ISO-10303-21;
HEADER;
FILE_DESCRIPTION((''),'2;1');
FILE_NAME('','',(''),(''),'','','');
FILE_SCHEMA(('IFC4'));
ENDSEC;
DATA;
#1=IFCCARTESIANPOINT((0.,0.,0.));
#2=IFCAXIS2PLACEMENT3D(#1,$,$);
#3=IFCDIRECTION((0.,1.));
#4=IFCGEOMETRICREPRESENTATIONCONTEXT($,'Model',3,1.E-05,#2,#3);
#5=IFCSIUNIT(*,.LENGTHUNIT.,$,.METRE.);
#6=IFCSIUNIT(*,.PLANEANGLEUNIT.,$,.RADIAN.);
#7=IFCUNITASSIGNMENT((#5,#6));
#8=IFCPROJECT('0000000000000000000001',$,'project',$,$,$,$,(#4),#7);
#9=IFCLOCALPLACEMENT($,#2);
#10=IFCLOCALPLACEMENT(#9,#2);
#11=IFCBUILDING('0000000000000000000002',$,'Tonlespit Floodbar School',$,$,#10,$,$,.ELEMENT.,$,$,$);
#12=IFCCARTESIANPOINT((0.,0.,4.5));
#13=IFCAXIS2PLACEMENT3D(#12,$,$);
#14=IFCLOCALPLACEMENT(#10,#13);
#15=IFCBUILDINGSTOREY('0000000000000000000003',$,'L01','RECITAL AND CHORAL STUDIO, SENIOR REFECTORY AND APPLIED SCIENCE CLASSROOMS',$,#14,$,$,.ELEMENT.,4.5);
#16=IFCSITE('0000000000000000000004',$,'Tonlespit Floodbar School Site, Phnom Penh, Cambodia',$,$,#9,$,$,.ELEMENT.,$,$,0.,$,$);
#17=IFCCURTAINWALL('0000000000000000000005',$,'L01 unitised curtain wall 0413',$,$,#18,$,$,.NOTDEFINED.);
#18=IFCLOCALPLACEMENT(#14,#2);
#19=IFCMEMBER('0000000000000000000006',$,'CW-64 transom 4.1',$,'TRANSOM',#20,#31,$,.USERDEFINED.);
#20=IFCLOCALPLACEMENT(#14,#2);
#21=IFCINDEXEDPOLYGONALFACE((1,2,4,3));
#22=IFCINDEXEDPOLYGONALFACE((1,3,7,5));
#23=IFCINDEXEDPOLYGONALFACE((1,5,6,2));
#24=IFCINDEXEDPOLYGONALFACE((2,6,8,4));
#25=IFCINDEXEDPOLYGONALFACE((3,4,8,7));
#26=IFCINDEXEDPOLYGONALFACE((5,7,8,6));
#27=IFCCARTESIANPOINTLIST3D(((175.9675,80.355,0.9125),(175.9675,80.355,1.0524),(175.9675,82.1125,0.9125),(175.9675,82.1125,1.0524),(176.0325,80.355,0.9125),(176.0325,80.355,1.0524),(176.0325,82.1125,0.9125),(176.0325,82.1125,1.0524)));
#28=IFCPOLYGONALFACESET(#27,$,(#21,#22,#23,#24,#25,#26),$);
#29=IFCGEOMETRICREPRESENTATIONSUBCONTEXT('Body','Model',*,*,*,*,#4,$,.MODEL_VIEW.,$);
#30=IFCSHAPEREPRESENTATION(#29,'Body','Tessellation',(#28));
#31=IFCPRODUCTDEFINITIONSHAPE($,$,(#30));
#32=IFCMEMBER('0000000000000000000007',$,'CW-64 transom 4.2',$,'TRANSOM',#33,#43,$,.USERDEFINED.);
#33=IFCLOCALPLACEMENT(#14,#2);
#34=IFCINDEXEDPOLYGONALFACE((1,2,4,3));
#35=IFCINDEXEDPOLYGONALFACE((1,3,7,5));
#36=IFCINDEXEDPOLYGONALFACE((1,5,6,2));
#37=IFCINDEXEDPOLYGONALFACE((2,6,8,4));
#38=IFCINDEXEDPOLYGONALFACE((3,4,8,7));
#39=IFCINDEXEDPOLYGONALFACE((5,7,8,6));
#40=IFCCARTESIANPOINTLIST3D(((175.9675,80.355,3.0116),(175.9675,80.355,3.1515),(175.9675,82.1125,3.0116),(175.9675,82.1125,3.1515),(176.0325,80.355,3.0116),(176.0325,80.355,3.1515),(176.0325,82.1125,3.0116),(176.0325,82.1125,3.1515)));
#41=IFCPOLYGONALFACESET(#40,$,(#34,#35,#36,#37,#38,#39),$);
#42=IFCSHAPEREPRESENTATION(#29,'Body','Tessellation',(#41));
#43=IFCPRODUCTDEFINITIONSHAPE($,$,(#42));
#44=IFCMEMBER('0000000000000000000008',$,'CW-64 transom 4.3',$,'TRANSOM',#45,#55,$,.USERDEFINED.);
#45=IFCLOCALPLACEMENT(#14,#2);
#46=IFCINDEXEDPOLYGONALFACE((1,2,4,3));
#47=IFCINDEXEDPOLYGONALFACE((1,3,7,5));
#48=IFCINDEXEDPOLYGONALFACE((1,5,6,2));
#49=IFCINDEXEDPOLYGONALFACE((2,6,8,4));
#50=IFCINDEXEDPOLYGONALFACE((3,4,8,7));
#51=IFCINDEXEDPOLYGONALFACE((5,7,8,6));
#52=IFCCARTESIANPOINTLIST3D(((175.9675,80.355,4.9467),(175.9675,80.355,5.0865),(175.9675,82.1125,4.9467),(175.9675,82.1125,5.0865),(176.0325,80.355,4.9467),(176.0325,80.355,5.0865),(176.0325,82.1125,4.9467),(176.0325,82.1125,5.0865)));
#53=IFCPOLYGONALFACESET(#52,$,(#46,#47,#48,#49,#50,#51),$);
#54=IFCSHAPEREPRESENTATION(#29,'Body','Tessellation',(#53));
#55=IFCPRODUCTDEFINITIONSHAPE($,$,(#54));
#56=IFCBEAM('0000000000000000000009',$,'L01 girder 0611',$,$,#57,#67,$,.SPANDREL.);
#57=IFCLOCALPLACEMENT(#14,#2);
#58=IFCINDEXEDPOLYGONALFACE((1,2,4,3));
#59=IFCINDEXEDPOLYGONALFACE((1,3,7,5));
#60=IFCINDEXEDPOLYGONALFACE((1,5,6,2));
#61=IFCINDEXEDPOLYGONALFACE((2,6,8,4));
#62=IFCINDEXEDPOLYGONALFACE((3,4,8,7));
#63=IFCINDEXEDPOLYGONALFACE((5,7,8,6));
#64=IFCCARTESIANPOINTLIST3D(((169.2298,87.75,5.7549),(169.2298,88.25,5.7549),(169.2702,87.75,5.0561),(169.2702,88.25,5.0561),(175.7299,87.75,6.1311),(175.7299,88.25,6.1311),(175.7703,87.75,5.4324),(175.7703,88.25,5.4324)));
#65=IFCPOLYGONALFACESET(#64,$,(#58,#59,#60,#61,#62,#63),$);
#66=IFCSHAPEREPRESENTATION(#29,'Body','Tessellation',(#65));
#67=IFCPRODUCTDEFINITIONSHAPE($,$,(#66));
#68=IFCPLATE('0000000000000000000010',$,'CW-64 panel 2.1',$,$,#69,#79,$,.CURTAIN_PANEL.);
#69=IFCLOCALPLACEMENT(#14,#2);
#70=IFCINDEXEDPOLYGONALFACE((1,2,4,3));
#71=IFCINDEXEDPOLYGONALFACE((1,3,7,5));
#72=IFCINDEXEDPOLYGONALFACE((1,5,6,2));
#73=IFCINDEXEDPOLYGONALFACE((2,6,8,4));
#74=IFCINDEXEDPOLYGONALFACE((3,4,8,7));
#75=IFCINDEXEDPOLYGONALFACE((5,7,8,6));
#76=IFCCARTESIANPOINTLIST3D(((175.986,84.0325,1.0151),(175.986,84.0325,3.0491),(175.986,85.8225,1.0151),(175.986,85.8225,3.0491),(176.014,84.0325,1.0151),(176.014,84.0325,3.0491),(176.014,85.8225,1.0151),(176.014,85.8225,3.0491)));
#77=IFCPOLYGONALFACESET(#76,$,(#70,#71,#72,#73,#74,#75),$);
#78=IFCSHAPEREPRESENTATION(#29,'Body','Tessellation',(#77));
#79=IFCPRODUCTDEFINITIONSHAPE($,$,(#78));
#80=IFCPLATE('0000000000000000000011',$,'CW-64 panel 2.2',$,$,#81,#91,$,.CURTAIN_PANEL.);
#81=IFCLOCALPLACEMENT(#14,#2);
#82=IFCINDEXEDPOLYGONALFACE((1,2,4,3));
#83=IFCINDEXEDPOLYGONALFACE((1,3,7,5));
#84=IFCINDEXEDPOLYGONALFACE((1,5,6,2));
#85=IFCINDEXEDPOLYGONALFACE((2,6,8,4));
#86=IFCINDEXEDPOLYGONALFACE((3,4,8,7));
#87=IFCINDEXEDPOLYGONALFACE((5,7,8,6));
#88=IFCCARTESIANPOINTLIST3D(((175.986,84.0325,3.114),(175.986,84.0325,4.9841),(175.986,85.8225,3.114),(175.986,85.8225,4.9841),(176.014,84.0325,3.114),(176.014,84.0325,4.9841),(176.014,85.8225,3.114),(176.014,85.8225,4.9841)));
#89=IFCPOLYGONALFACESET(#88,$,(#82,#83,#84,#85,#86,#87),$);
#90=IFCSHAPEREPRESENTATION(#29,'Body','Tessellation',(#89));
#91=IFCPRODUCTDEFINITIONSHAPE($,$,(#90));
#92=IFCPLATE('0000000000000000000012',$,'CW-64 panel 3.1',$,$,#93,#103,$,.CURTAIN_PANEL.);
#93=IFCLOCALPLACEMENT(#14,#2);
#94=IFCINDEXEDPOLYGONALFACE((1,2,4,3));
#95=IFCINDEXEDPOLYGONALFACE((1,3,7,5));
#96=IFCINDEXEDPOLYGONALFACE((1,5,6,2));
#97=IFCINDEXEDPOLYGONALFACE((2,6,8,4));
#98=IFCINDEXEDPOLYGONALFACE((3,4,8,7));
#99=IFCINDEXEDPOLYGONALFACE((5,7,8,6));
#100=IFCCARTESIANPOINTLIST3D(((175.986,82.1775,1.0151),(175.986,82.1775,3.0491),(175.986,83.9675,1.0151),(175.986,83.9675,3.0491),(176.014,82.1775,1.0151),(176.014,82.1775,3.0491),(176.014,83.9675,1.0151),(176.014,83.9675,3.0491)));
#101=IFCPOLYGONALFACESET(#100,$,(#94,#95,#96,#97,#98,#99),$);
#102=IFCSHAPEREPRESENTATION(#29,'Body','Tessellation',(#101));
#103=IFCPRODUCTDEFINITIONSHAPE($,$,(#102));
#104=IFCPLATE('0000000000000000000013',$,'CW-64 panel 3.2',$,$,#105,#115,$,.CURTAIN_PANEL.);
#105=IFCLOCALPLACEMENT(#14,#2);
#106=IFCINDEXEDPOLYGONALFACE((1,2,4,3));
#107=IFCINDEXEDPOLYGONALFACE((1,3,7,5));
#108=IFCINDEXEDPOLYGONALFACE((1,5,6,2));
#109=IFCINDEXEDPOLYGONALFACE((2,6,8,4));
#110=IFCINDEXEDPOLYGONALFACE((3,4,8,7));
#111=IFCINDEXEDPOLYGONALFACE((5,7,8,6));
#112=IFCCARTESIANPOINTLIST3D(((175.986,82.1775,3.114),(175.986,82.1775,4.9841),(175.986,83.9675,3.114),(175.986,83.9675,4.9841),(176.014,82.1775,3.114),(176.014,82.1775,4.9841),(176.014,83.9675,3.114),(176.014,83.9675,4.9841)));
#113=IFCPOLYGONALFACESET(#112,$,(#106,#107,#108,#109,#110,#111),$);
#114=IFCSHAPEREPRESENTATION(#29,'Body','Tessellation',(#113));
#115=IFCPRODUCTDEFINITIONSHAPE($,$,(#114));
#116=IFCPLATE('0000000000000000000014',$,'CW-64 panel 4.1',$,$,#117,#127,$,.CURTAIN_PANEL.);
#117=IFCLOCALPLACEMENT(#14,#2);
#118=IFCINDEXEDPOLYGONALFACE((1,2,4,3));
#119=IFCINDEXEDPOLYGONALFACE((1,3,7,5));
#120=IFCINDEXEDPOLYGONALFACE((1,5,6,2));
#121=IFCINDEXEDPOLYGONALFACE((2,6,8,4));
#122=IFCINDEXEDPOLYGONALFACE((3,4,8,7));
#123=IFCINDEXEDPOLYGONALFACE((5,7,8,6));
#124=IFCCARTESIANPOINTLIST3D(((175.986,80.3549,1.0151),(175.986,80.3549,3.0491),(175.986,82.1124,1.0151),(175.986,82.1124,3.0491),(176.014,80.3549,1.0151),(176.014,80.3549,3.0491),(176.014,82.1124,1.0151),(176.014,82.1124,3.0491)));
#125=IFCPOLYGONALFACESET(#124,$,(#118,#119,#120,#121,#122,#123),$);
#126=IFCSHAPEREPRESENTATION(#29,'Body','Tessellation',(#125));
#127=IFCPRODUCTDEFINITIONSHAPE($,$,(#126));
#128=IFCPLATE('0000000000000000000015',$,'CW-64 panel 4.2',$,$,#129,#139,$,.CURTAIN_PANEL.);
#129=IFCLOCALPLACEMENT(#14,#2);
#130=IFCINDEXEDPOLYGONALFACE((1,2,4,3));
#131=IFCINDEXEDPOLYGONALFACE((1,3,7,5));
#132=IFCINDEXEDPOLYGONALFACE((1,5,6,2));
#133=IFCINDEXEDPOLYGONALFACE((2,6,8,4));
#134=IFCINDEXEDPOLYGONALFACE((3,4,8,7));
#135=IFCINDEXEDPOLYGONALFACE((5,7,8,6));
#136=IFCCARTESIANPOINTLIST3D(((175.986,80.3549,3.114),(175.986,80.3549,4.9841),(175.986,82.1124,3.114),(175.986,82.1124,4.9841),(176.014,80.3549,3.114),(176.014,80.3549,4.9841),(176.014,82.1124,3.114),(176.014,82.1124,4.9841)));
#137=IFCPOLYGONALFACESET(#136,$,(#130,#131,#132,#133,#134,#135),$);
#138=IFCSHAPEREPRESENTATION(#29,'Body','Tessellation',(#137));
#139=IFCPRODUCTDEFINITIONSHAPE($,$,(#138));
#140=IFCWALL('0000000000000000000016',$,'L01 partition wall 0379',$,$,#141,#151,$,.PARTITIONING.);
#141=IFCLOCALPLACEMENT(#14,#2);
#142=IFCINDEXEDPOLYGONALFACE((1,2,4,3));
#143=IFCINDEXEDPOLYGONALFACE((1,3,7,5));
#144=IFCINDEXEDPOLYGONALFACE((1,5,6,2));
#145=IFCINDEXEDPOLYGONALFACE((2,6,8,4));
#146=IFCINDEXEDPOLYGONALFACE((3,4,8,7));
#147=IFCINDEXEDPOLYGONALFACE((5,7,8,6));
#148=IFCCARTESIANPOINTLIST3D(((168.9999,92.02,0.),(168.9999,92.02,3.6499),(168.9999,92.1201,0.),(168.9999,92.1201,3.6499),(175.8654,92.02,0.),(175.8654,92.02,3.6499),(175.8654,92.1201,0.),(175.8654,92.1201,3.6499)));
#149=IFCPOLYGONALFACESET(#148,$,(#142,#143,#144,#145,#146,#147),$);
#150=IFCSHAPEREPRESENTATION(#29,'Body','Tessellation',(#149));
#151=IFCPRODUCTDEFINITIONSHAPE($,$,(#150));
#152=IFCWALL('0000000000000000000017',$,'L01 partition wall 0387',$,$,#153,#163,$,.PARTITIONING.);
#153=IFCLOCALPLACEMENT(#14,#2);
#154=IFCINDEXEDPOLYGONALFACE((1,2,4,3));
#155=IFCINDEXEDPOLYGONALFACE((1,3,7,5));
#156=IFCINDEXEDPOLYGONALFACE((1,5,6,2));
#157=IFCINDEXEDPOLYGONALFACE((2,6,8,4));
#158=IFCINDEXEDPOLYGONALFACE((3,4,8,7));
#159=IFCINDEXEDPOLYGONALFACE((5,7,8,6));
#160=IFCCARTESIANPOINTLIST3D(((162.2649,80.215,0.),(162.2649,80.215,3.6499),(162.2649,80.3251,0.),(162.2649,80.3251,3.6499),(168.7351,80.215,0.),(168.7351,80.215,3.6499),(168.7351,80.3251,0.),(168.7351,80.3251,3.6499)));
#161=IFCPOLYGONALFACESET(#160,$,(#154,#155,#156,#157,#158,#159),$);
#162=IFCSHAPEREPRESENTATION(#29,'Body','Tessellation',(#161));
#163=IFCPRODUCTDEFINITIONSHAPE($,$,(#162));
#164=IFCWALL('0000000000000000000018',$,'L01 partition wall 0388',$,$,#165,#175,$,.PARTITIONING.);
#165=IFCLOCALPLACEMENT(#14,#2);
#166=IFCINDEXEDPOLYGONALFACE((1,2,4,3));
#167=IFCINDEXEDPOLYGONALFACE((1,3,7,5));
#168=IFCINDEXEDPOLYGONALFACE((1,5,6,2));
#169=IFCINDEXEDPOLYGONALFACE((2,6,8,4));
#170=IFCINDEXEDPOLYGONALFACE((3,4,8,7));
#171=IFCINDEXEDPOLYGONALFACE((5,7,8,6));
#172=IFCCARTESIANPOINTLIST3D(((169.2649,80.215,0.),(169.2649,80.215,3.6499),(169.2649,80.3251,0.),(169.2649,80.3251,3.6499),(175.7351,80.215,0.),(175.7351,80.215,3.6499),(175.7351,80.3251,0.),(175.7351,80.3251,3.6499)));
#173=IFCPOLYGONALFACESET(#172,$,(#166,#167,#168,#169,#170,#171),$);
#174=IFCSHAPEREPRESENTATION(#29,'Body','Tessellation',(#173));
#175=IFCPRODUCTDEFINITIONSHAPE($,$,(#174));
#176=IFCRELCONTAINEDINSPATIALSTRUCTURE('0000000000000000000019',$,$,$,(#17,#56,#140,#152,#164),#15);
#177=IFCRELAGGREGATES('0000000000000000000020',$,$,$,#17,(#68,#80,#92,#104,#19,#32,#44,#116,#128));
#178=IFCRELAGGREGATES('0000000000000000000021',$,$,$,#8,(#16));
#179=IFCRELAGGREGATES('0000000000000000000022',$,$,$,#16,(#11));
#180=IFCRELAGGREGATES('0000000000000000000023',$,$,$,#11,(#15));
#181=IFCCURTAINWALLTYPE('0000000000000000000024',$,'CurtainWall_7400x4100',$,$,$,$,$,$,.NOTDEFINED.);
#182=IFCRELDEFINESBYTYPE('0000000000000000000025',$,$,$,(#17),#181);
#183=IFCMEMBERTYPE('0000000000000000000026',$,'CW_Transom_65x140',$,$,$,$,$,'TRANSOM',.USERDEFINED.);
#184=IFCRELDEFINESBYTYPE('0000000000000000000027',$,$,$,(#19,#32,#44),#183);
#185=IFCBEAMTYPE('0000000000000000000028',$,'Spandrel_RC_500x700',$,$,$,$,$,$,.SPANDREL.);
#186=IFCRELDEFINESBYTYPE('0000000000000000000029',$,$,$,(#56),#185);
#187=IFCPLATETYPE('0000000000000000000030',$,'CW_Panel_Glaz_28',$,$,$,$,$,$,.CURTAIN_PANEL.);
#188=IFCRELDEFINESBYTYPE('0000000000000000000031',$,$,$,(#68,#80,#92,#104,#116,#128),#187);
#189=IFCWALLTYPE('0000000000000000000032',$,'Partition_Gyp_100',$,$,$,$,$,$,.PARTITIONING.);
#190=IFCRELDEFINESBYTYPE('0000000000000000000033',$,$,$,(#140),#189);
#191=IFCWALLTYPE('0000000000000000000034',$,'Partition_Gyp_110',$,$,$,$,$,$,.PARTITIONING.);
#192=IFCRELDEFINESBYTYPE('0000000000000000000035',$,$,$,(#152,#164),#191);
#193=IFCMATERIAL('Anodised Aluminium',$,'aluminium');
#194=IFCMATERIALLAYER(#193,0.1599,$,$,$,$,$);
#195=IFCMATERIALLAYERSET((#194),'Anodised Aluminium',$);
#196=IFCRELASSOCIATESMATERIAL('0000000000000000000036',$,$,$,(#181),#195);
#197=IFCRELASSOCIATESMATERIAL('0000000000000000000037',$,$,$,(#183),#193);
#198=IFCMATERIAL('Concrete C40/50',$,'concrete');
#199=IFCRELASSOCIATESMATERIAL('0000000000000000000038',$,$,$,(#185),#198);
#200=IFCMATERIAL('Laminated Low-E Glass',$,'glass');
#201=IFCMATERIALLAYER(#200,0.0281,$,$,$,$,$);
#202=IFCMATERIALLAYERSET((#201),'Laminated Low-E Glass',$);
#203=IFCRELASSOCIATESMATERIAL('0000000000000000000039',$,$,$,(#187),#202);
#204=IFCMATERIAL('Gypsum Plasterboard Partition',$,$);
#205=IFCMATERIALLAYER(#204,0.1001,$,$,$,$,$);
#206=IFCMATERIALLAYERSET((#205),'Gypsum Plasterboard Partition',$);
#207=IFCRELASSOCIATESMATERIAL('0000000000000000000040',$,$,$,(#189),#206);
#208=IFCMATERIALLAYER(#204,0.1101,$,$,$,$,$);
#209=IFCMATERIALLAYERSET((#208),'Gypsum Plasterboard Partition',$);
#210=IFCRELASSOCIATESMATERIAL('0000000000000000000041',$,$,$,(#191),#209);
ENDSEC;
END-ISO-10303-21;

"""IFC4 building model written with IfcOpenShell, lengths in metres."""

from ifc_helpers import new_model, si_unit, direction, frame, frame_2d, origin, origin_2d, place, context, subcontext, project, spatial, rectangle, extrude, material, layer, layer_set, material_profile, profile_set, type_object, element, aggregate, save


model = new_model("IFC4")

# Units and contexts
model_context = context("Model", 3, precision=1e-05, world=origin(), true_north=direction((0.0, 1.0)))
body_context = subcontext(model_context, "Body", "Model", "MODEL_VIEW")
ifc_project = project(units=[si_unit("LENGTHUNIT", "METRE"), si_unit("PLANEANGLEUNIT", "RADIAN")], contexts=[model_context])

# Site, building, storey
site_placement = place(None, origin())
site = spatial("IfcSite", under=ifc_project, at=site_placement, Name="Tonlespit Floodbar School Site, Phnom Penh, Cambodia", CompositionType="ELEMENT", RefElevation=0.0)
building_placement = place(site_placement, origin())
building = spatial("IfcBuilding", under=site, at=building_placement, Name="Tonlespit Floodbar School", CompositionType="ELEMENT")
storey_placement = place(building_placement, frame((0.0, 0.0, 4.5)))
storey = spatial("IfcBuildingStorey", under=building, at=storey_placement, Name="L01", Description="RECITAL AND CHORAL STUDIO, SENIOR REFECTORY AND APPLIED SCIENCE CLASSROOMS", CompositionType="ELEMENT", Elevation=4.5)

# Shared definitions
ifc_material_1 = material(Name="Concrete C40/50", Category="concrete")

# Curtain wall, members
ifc_material_2 = material(Name="Anodised Aluminium", Category="aluminium")
ifc_layer_1 = layer(ifc_material_2, 0.1599)
ifc_layer_set_1 = layer_set([ifc_layer_1], Name="Anodised Aluminium")
curtain_wall_type = type_object("IfcCurtainWallType", Name="CurtainWall_7400x4100", PredefinedType="NOTDEFINED", material=ifc_layer_set_1)
curtain_wall_placement = place(storey_placement, origin())
curtain_wall = element("IfcCurtainWall", 1, at=curtain_wall_placement, inside=storey, type_object=curtain_wall_type, Name="L01 unitised curtain wall 0413", PredefinedType="NOTDEFINED")
ifc_material_profile_1 = material_profile(ifc_material_2, rectangle(XDim=0.0649, YDim=0.1399, at=origin_2d()), Name="ALU T65x140")
ifc_profile_set_1 = profile_set([ifc_material_profile_1], Name="Anodised Aluminium")
member_type_1 = type_object("IfcMemberType", Name="CW_Transom_65x140", ElementType="TRANSOM", PredefinedType="USERDEFINED", material=ifc_profile_set_1)
member_1_placement = place(storey_placement, frame((176.0, 82.1125, 0.9824), z_axis=(0.0, -1.0, 0.0), x_axis=(1.0, 0.0, 0.0)))
member_1 = element("IfcMember", 2, at=member_1_placement, type_object=member_type_1, Name="CW-64 transom 4.1", ObjectType="TRANSOM", PredefinedType="USERDEFINED", context=body_context, shape_type="SweptSolid", body=[
    extrude(rectangle(XDim=0.0649, YDim=0.1399, at=origin_2d()), origin(), (0.0, 0.0, 1.0), 1.7576),
])
member_2_placement = place(storey_placement, frame((176.0, 82.1125, 3.0815), z_axis=(0.0, -1.0, 0.0), x_axis=(1.0, 0.0, 0.0)))
member_2 = element("IfcMember", 3, at=member_2_placement, type_object=member_type_1, Name="CW-64 transom 4.2", ObjectType="TRANSOM", PredefinedType="USERDEFINED", context=body_context, shape_type="SweptSolid", body=[
    extrude(rectangle(XDim=0.0649, YDim=0.1399, at=origin_2d()), origin(), (0.0, 0.0, 1.0), 1.7576),
])
member_3_placement = place(storey_placement, frame((176.0, 82.1125, 5.0166), z_axis=(0.0, -1.0, 0.0), x_axis=(1.0, 0.0, 0.0)))
member_3 = element("IfcMember", 4, at=member_3_placement, type_object=member_type_1, Name="CW-64 transom 4.3", ObjectType="TRANSOM", PredefinedType="USERDEFINED", context=body_context, shape_type="SweptSolid", body=[
    extrude(rectangle(XDim=0.0649, YDim=0.1399, at=origin_2d()), origin(), (0.0, 0.0, 1.0), 1.7576),
])

# Beam
ifc_material_profile_2 = material_profile(ifc_material_1, rectangle(XDim=0.5, YDim=0.7, at=origin_2d()), Name="RC 500x700")
ifc_profile_set_2 = profile_set([ifc_material_profile_2], Name="Concrete C40/50")
beam_type_1 = type_object("IfcBeamType", Name="Spandrel_RC_500x700", PredefinedType="SPANDREL", material=ifc_profile_set_2)
beam_1_placement = place(storey_placement, frame((169.25, 88.0, 5.4055), z_axis=(0.998329, 0.0, 0.057783), x_axis=(0.0, 1.0, 0.0)))
element("IfcBeam", 5, at=beam_1_placement, inside=storey, type_object=beam_type_1, Name="L01 girder 0611", PredefinedType="SPANDREL", context=body_context, shape_type="SweptSolid", body=[
    extrude(rectangle(XDim=0.5, YDim=0.7, at=origin_2d()), origin(), (0.0, 0.0, 1.0), 6.511),
])

# Plates
ifc_material_3 = material(Name="Laminated Low-E Glass", Category="glass")
ifc_layer_2 = layer(ifc_material_3, 0.0281)
ifc_layer_set_2 = layer_set([ifc_layer_2], Name="Laminated Low-E Glass")
plate_type = type_object("IfcPlateType", Name="CW_Panel_Glaz_28", PredefinedType="CURTAIN_PANEL", material=ifc_layer_set_2)
plate_1_placement = place(storey_placement, frame((176.0, 84.9275, 1.0151), z_axis=(0.0, 0.0, 1.0), x_axis=(0.0, -1.0, 0.0)))
plate_1 = element("IfcPlate", 6, at=plate_1_placement, type_object=plate_type, Name="CW-64 panel 2.1", PredefinedType="CURTAIN_PANEL", context=body_context, shape_type="SweptSolid", body=[
    extrude(rectangle(XDim=1.79, YDim=0.0281, at=origin_2d()), origin(), (0.0, 0.0, 1.0), 2.0339),
])
plate_2_placement = place(storey_placement, frame((176.0, 84.9275, 3.114), z_axis=(0.0, 0.0, 1.0), x_axis=(0.0, -1.0, 0.0)))
plate_2 = element("IfcPlate", 7, at=plate_2_placement, type_object=plate_type, Name="CW-64 panel 2.2", PredefinedType="CURTAIN_PANEL", context=body_context, shape_type="SweptSolid", body=[
    extrude(rectangle(XDim=1.79, YDim=0.0281, at=origin_2d()), origin(), (0.0, 0.0, 1.0), 1.8701),
])
plate_3_placement = place(storey_placement, frame((176.0, 83.0725, 1.0151), z_axis=(0.0, 0.0, 1.0), x_axis=(0.0, -1.0, 0.0)))
plate_3 = element("IfcPlate", 8, at=plate_3_placement, type_object=plate_type, Name="CW-64 panel 3.1", PredefinedType="CURTAIN_PANEL", context=body_context, shape_type="SweptSolid", body=[
    extrude(rectangle(XDim=1.79, YDim=0.0281, at=origin_2d()), origin(), (0.0, 0.0, 1.0), 2.0339),
])
plate_4_placement = place(storey_placement, frame((176.0, 83.0725, 3.114), z_axis=(0.0, 0.0, 1.0), x_axis=(0.0, -1.0, 0.0)))
plate_4 = element("IfcPlate", 9, at=plate_4_placement, type_object=plate_type, Name="CW-64 panel 3.2", PredefinedType="CURTAIN_PANEL", context=body_context, shape_type="SweptSolid", body=[
    extrude(rectangle(XDim=1.79, YDim=0.0281, at=origin_2d()), origin(), (0.0, 0.0, 1.0), 1.8701),
])
plate_5_placement = place(storey_placement, frame((176.0, 81.2336, 1.0151), z_axis=(0.0, 0.0, 1.0), x_axis=(0.0, -1.0, 0.0)))
plate_5 = element("IfcPlate", 10, at=plate_5_placement, type_object=plate_type, Name="CW-64 panel 4.1", PredefinedType="CURTAIN_PANEL", context=body_context, shape_type="SweptSolid", body=[
    extrude(rectangle(XDim=1.7576, YDim=0.0281, at=origin_2d()), origin(), (0.0, 0.0, 1.0), 2.0339),
])
plate_6_placement = place(storey_placement, frame((176.0, 81.2336, 3.114), z_axis=(0.0, 0.0, 1.0), x_axis=(0.0, -1.0, 0.0)))
plate_6 = element("IfcPlate", 11, at=plate_6_placement, type_object=plate_type, Name="CW-64 panel 4.2", PredefinedType="CURTAIN_PANEL", context=body_context, shape_type="SweptSolid", body=[
    extrude(rectangle(XDim=1.7576, YDim=0.0281, at=origin_2d()), origin(), (0.0, 0.0, 1.0), 1.8701),
])
aggregate(curtain_wall, [plate_1, plate_2, plate_3, plate_4, member_1, member_2, member_3, plate_5, plate_6])

# Walls
ifc_material_4 = material(Name="Gypsum Plasterboard Partition")
ifc_layer_3 = layer(ifc_material_4, 0.1001)
ifc_layer_set_3 = layer_set([ifc_layer_3], Name="Gypsum Plasterboard Partition")
wall_type_1 = type_object("IfcWallType", Name="Partition_Gyp_100", PredefinedType="PARTITIONING", material=ifc_layer_set_3)
wall_placement = place(storey_placement, frame((169.0, 92.0701, 0.0), z_axis=(0.0, 0.0, 1.0), x_axis=(1.0, 0.0, 0.0)))
element("IfcWall", 12, at=wall_placement, inside=storey, type_object=wall_type_1, Name="L01 partition wall 0379", PredefinedType="PARTITIONING", context=body_context, shape_type="SweptSolid", body=[
    extrude(rectangle(XDim=6.8655, YDim=0.1001, at=frame_2d((3.4326, 0.0))), origin(), (0.0, 0.0, 1.0), 3.6499),
])
ifc_layer_4 = layer(ifc_material_4, 0.1101)
ifc_layer_set_4 = layer_set([ifc_layer_4], Name="Gypsum Plasterboard Partition")
wall_type_2 = type_object("IfcWallType", Name="Partition_Gyp_110", PredefinedType="PARTITIONING", material=ifc_layer_set_4)
for number, where, z_axis, x_axis, name in (
    (13, (162.2649, 80.27, 0.0), (0.0, 0.0, 1.0), (1.0, 0.0, 0.0), "L01 partition wall 0387"),
    (14, (169.2649, 80.27, 0.0), (0.0, 0.0, 1.0), (1.0, 0.0, 0.0), "L01 partition wall 0388"),
):
    element("IfcWall", number, at=place(storey_placement, frame(where, z_axis=z_axis, x_axis=x_axis)), inside=storey, type_object=wall_type_2, Name=name, PredefinedType="PARTITIONING", context=body_context, shape_type="SweptSolid", body=[
        extrude(rectangle(XDim=6.4702, YDim=0.1101, at=frame_2d((3.2351, 0.0))), origin(), (0.0, 0.0, 1.0), 3.6499),
    ])

save(model, "model.ifc")
